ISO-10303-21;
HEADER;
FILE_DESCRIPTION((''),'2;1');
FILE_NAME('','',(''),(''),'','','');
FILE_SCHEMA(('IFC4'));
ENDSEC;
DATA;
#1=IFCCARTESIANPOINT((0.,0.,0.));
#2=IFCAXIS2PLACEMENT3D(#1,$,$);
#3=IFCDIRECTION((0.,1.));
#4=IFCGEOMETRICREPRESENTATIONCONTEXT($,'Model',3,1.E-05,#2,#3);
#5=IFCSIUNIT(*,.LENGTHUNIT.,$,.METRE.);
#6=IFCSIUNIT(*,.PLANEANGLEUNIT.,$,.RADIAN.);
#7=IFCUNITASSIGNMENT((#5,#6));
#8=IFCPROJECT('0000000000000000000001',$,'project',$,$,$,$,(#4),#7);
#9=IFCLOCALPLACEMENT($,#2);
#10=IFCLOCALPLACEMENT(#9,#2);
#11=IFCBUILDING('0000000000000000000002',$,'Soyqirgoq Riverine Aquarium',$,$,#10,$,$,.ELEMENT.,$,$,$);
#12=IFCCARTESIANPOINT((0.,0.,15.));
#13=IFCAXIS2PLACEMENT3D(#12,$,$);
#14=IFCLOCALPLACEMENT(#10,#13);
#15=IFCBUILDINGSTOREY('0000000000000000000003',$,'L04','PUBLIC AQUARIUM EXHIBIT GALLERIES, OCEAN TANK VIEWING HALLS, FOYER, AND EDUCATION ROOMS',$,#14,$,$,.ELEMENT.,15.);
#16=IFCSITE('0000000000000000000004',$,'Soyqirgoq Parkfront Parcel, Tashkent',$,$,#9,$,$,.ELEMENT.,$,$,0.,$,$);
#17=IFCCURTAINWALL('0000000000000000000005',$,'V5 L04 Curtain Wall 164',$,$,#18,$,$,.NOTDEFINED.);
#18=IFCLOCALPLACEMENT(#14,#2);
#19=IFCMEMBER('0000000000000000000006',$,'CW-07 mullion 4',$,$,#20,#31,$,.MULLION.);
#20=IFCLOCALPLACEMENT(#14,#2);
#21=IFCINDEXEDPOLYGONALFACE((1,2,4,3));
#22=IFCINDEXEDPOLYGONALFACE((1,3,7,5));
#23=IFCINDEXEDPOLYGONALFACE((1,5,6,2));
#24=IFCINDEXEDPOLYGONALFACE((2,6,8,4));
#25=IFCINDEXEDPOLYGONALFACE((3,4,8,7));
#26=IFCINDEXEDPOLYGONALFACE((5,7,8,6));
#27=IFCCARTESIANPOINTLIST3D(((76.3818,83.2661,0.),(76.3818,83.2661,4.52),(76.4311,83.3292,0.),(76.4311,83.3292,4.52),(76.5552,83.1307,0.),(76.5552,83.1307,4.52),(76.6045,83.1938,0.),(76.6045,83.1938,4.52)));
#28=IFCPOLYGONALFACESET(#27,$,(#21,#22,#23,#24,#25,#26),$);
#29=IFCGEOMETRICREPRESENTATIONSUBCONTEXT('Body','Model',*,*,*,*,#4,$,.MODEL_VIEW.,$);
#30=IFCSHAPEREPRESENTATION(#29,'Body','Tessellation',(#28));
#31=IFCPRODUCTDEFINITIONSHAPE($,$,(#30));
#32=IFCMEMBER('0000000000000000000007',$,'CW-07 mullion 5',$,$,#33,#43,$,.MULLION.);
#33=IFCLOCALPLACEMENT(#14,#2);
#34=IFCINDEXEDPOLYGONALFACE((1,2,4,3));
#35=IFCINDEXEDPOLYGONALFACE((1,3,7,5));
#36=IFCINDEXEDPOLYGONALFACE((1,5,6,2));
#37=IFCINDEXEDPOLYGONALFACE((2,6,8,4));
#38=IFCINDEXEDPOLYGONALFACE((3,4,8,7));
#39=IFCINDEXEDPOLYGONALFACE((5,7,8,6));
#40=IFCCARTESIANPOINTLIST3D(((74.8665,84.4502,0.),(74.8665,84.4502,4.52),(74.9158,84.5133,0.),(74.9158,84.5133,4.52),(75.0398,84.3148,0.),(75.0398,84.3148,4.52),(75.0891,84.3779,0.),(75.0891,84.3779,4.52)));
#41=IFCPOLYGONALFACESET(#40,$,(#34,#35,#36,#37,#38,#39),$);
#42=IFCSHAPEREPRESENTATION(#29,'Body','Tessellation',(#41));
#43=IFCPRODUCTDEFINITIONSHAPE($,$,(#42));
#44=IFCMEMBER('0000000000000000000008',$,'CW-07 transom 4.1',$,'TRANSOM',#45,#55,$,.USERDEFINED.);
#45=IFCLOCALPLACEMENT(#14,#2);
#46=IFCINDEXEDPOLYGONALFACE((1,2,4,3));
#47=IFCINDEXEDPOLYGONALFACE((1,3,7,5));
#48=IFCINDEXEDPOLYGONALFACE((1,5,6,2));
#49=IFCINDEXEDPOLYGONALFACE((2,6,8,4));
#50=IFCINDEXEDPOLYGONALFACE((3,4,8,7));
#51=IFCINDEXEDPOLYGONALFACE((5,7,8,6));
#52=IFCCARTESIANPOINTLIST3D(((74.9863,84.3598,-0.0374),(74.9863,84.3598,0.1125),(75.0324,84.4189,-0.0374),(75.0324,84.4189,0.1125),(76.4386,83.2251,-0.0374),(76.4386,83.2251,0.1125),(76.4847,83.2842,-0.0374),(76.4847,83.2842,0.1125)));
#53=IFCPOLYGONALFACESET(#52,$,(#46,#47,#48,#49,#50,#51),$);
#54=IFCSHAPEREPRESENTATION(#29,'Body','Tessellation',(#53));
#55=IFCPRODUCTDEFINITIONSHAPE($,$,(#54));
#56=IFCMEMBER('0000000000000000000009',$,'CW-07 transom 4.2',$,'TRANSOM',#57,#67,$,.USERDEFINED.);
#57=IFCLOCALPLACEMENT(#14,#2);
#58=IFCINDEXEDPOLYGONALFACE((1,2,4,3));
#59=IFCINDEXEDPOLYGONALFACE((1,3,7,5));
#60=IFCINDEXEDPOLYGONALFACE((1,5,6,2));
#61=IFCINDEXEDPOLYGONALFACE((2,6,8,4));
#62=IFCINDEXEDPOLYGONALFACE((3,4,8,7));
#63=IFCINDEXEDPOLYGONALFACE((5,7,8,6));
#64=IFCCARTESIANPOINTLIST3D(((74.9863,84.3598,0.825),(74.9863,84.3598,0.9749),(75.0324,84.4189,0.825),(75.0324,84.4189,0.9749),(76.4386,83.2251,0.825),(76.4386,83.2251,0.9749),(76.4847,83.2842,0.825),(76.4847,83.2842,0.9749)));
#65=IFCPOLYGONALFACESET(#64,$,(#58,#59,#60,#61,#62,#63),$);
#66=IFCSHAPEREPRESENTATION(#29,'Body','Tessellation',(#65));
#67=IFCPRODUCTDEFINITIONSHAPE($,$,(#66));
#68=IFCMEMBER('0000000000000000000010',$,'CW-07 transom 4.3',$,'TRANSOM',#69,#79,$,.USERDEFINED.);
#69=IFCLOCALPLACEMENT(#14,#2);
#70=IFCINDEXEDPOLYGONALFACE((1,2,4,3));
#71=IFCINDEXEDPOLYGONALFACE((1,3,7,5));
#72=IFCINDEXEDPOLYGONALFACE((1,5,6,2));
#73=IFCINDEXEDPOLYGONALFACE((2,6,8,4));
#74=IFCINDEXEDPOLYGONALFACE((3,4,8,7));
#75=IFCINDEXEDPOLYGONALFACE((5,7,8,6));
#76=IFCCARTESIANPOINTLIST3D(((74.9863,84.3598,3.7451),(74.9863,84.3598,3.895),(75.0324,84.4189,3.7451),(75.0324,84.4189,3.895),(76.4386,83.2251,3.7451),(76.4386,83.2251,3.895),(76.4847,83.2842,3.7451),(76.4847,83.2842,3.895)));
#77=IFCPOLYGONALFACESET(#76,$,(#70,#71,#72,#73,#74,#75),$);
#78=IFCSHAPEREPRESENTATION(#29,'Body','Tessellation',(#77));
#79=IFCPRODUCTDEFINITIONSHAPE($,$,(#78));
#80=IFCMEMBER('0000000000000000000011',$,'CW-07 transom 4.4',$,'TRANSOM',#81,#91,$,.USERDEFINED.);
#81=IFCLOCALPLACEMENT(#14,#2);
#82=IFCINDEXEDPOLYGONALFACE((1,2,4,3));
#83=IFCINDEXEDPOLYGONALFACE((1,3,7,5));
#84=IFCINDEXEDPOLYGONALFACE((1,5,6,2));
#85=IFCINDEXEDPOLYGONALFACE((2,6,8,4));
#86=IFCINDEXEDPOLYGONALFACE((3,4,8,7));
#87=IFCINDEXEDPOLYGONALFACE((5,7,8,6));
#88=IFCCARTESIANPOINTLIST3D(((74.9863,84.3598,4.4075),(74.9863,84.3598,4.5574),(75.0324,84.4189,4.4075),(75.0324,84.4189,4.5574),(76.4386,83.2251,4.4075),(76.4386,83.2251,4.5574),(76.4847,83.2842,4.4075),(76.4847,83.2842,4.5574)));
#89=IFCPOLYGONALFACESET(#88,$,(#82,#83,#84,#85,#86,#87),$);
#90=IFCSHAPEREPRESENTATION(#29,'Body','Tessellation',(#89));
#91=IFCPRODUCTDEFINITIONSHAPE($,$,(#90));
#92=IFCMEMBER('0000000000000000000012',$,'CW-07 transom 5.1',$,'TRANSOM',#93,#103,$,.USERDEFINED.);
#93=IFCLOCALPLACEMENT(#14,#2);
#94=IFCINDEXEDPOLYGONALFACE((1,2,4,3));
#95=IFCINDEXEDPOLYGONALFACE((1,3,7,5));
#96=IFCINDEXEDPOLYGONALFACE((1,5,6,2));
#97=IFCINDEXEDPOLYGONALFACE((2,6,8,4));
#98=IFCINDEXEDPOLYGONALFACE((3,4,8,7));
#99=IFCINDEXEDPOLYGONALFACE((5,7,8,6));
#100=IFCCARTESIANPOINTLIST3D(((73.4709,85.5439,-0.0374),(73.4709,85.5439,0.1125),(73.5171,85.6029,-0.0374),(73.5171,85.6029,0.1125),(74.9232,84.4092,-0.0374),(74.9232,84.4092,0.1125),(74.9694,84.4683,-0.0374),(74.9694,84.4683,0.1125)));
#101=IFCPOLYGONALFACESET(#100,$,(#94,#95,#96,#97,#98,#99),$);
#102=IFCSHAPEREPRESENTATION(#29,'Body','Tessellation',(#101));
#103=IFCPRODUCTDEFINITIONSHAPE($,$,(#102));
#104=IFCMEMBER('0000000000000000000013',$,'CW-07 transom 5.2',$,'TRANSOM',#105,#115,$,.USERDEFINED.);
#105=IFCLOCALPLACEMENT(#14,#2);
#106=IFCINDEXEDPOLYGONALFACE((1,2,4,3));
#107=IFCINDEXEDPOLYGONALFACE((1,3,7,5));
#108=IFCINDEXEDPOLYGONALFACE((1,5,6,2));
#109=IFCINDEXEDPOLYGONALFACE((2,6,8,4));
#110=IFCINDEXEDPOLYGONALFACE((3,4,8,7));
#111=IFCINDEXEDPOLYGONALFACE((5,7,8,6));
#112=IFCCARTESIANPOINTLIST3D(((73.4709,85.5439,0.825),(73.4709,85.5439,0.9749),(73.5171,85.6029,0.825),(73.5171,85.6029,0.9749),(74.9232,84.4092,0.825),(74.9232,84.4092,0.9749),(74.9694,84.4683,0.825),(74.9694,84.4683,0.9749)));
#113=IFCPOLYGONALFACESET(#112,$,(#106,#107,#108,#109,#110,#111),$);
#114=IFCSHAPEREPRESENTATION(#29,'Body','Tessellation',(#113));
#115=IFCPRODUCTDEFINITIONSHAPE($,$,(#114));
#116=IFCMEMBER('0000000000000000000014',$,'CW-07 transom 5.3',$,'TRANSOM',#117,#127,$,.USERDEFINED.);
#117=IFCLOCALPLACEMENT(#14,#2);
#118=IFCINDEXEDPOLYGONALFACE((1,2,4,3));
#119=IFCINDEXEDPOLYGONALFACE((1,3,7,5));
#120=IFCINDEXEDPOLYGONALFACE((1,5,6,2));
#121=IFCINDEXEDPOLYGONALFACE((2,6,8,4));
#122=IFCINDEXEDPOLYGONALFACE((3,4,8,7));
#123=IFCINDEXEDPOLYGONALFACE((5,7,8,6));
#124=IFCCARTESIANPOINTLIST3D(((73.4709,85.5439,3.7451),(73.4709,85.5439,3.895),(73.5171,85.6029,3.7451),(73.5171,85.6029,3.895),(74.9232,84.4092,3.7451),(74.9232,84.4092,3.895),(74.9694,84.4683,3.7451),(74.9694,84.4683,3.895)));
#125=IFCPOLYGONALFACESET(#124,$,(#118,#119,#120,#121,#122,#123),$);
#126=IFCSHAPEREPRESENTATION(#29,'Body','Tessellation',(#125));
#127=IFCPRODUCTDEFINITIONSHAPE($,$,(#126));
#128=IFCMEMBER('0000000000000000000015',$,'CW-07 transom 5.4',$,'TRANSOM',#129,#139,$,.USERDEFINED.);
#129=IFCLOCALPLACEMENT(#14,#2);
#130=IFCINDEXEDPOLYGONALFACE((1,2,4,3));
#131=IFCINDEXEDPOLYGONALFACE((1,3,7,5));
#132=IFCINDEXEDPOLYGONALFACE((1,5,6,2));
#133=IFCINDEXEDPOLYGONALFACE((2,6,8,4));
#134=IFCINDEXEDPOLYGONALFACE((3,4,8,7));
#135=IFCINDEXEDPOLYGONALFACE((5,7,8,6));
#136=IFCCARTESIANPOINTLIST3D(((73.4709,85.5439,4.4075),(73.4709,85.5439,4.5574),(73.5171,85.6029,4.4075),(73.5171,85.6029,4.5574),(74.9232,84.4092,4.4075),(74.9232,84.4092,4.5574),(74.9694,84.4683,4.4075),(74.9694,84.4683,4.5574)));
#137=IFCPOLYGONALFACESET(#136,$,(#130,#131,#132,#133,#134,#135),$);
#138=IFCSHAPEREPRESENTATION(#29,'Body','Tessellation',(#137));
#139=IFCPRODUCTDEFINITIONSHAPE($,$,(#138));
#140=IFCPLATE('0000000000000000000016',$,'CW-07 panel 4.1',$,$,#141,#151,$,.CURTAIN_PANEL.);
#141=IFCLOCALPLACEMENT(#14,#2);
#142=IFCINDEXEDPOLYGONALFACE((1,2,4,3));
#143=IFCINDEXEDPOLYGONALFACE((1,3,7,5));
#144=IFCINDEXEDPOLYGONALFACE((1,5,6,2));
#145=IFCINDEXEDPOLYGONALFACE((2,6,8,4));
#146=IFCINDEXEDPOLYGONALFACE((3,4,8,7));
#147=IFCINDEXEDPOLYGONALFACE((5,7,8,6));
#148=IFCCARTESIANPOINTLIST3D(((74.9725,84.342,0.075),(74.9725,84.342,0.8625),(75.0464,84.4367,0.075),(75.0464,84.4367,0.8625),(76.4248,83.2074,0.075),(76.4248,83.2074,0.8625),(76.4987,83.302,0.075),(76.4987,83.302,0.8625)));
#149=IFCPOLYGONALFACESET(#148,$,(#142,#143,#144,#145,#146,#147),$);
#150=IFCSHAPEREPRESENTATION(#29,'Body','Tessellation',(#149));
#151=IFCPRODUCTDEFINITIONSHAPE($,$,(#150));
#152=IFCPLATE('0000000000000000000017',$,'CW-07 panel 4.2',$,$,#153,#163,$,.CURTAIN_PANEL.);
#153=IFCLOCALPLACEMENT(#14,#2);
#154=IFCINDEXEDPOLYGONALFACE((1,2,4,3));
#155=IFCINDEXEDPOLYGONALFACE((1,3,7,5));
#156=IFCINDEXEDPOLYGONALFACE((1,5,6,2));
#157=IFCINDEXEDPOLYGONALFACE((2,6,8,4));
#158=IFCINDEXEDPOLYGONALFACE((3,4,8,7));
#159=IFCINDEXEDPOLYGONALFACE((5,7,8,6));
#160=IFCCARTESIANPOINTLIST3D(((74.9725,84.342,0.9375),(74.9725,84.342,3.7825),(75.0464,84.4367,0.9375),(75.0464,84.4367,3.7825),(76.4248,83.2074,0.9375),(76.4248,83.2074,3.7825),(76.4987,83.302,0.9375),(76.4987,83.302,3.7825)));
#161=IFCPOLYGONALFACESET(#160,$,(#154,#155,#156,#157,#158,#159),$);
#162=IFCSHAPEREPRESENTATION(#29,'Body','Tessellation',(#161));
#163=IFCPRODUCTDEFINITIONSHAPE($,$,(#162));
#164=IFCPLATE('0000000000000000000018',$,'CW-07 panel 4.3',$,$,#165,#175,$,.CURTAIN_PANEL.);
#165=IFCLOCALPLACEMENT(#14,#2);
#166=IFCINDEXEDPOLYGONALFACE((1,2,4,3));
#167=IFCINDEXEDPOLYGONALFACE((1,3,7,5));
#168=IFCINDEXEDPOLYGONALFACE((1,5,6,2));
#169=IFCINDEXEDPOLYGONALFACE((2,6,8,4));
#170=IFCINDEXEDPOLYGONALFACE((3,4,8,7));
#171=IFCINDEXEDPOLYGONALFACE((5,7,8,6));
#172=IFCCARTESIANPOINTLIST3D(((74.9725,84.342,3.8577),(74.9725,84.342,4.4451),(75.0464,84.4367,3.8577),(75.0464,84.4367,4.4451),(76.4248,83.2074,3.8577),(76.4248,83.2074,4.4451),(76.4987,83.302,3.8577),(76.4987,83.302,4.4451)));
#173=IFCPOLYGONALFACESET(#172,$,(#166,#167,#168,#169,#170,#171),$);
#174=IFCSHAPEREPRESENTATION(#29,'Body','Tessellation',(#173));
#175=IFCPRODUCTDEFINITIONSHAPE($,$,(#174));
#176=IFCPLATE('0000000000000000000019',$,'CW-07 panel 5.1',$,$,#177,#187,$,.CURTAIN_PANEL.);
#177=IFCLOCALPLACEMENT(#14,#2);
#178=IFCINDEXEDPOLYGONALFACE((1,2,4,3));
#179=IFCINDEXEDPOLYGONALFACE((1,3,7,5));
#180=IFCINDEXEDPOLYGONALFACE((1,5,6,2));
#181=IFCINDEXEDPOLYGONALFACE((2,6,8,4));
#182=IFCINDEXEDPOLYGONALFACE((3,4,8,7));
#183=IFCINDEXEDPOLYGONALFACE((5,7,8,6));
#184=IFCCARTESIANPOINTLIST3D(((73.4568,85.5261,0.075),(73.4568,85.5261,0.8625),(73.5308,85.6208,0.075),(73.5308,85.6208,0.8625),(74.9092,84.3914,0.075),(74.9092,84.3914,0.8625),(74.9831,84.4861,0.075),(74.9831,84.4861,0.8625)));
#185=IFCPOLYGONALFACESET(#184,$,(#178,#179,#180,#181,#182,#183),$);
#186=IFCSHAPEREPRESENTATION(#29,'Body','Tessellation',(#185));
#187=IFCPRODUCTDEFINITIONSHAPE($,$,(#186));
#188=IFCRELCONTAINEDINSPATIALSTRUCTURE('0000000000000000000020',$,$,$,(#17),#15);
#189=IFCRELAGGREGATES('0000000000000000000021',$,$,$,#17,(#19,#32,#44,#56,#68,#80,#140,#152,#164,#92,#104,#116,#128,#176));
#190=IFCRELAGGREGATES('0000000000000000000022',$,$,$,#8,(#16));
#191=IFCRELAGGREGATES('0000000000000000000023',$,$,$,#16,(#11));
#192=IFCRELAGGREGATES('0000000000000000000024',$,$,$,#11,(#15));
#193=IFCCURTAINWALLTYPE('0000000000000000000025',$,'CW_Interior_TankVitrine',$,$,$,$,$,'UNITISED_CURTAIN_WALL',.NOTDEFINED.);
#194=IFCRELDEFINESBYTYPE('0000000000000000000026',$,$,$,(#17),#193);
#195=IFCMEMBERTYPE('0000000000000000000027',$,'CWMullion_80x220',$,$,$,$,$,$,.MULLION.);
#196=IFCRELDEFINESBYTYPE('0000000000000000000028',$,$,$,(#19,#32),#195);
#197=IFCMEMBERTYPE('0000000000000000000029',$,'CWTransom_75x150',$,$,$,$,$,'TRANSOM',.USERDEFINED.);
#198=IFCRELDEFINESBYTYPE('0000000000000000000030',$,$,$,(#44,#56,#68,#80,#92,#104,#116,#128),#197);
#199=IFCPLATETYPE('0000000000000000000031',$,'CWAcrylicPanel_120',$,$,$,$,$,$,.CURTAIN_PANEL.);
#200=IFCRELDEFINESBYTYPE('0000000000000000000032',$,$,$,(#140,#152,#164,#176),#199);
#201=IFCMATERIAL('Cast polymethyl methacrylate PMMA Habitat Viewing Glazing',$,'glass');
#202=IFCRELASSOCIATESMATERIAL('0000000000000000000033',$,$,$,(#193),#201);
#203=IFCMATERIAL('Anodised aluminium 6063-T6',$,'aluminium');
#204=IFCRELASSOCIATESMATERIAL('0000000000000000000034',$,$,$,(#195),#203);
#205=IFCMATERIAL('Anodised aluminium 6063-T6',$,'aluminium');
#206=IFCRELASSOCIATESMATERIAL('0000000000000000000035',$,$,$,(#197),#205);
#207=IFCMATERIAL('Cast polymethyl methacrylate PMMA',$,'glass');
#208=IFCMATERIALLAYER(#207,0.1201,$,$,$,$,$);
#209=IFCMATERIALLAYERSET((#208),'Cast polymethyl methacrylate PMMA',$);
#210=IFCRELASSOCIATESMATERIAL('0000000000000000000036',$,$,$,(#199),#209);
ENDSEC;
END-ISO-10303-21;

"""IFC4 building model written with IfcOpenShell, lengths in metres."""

from ifc_helpers import new_model, si_unit, direction, frame, origin, origin_2d, place, context, subcontext, project, spatial, rectangle, extrude, material, layer, layer_set, material_profile, profile_set, type_object, element, aggregate, save


model = new_model("IFC4")

# Units and contexts
model_context = context("Model", 3, precision=1e-05, world=origin(), true_north=direction((0.0, 1.0)))
body_context = subcontext(model_context, "Body", "Model", "MODEL_VIEW")
ifc_project = project(units=[si_unit("LENGTHUNIT", "METRE"), si_unit("PLANEANGLEUNIT", "RADIAN")], contexts=[model_context])

# Site, building, storey
site_placement = place(None, origin())
site = spatial("IfcSite", under=ifc_project, at=site_placement, Name="Soyqirgoq Parkfront Parcel, Tashkent", CompositionType="ELEMENT", RefElevation=0.0)
building_placement = place(site_placement, origin())
building = spatial("IfcBuilding", under=site, at=building_placement, Name="Soyqirgoq Riverine Aquarium", CompositionType="ELEMENT")
storey_placement = place(building_placement, frame((0.0, 0.0, 15.0)))
storey = spatial("IfcBuildingStorey", under=building, at=storey_placement, Name="L04", Description="PUBLIC AQUARIUM EXHIBIT GALLERIES, OCEAN TANK VIEWING HALLS, FOYER, AND EDUCATION ROOMS", CompositionType="ELEMENT", Elevation=15.0)

# Curtain wall, members, plates
ifc_material_1 = material(Name="Cast polymethyl methacrylate PMMA Habitat Viewing Glazing", Category="glass")
curtain_wall_type = type_object("IfcCurtainWallType", Name="CW_Interior_TankVitrine", ElementType="UNITISED_CURTAIN_WALL", PredefinedType="NOTDEFINED", material=ifc_material_1)
curtain_wall_placement = place(storey_placement, origin())
curtain_wall = element("IfcCurtainWall", 1, at=curtain_wall_placement, inside=storey, type_object=curtain_wall_type, Name="V5 L04 Curtain Wall 164", PredefinedType="NOTDEFINED")
ifc_material_2 = material(Name="Anodised aluminium 6063-T6", Category="aluminium")
ifc_material_profile_1 = material_profile(ifc_material_2, rectangle(XDim=0.0801, YDim=0.22, at=origin_2d()), Name="ALU-M 80x220")
ifc_profile_set_1 = profile_set([ifc_material_profile_1], Name="Anodised aluminium 6063-T6")
member_type_1 = type_object("IfcMemberType", Name="CWMullion_80x220", PredefinedType="MULLION", material=ifc_profile_set_1)
member_1_placement = place(storey_placement, frame((76.4932, 83.23, 0.0), z_axis=(0.0, 0.0, 1.0), x_axis=(-0.615655, -0.788016, 0.0)))
member_1 = element("IfcMember", 2, at=member_1_placement, type_object=member_type_1, Name="CW-07 mullion 4", PredefinedType="MULLION", context=body_context, shape_type="SweptSolid", body=[
    extrude(rectangle(XDim=0.0801, YDim=0.22, at=origin_2d()), origin(), (0.0, 0.0, 1.0), 4.52),
])
member_2_placement = place(storey_placement, frame((74.9778, 84.4141, 0.0), z_axis=(0.0, 0.0, 1.0), x_axis=(-0.615655, -0.788016, 0.0)))
member_2 = element("IfcMember", 3, at=member_2_placement, type_object=member_type_1, Name="CW-07 mullion 5", PredefinedType="MULLION", context=body_context, shape_type="SweptSolid", body=[
    extrude(rectangle(XDim=0.0801, YDim=0.22, at=origin_2d()), origin(), (0.0, 0.0, 1.0), 4.52),
])
ifc_material_3 = material(Name="Anodised aluminium 6063-T6", Category="aluminium")
ifc_material_profile_2 = material_profile(ifc_material_3, rectangle(XDim=0.075, YDim=0.1499, at=origin_2d()), Name="ALU-T 75x150")
ifc_profile_set_2 = profile_set([ifc_material_profile_2], Name="Anodised aluminium 6063-T6")
member_type_2 = type_object("IfcMemberType", Name="CWTransom_75x150", ElementType="TRANSOM", PredefinedType="USERDEFINED", material=ifc_profile_set_2)
member_3_placement = place(storey_placement, frame((76.4617, 83.2546, 0.0376), z_axis=(-0.788002, 0.615672, 0.0), x_axis=(-0.615672, -0.788002, 0.0)))
member_3 = element("IfcMember", 4, at=member_3_placement, type_object=member_type_2, Name="CW-07 transom 4.1", ObjectType="TRANSOM", PredefinedType="USERDEFINED", context=body_context, shape_type="SweptSolid", body=[
    extrude(rectangle(XDim=0.075, YDim=0.1499, at=origin_2d()), origin(), (0.0, 0.0, 1.0), 1.843),
])
member_4_placement = place(storey_placement, frame((76.4617, 83.2546, 0.8999), z_axis=(-0.788002, 0.615672, 0.0), x_axis=(-0.615672, -0.788002, 0.0)))
member_4 = element("IfcMember", 5, at=member_4_placement, type_object=member_type_2, Name="CW-07 transom 4.2", ObjectType="TRANSOM", PredefinedType="USERDEFINED", context=body_context, shape_type="SweptSolid", body=[
    extrude(rectangle(XDim=0.075, YDim=0.1499, at=origin_2d()), origin(), (0.0, 0.0, 1.0), 1.843),
])
member_5_placement = place(storey_placement, frame((76.4617, 83.2546, 3.8201), z_axis=(-0.788002, 0.615672, 0.0), x_axis=(-0.615672, -0.788002, 0.0)))
member_5 = element("IfcMember", 6, at=member_5_placement, type_object=member_type_2, Name="CW-07 transom 4.3", ObjectType="TRANSOM", PredefinedType="USERDEFINED", context=body_context, shape_type="SweptSolid", body=[
    extrude(rectangle(XDim=0.075, YDim=0.1499, at=origin_2d()), origin(), (0.0, 0.0, 1.0), 1.843),
])
member_6_placement = place(storey_placement, frame((76.4617, 83.2546, 4.4824), z_axis=(-0.788002, 0.615672, 0.0), x_axis=(-0.615672, -0.788002, 0.0)))
member_6 = element("IfcMember", 7, at=member_6_placement, type_object=member_type_2, Name="CW-07 transom 4.4", ObjectType="TRANSOM", PredefinedType="USERDEFINED", context=body_context, shape_type="SweptSolid", body=[
    extrude(rectangle(XDim=0.075, YDim=0.1499, at=origin_2d()), origin(), (0.0, 0.0, 1.0), 1.843),
])
member_7_placement = place(storey_placement, frame((74.9463, 84.4387, 0.0376), z_axis=(-0.788002, 0.615672, 0.0), x_axis=(-0.615672, -0.788002, 0.0)))
member_7 = element("IfcMember", 8, at=member_7_placement, type_object=member_type_2, Name="CW-07 transom 5.1", ObjectType="TRANSOM", PredefinedType="USERDEFINED", context=body_context, shape_type="SweptSolid", body=[
    extrude(rectangle(XDim=0.075, YDim=0.1499, at=origin_2d()), origin(), (0.0, 0.0, 1.0), 1.843),
])
member_8_placement = place(storey_placement, frame((74.9463, 84.4387, 0.8999), z_axis=(-0.788002, 0.615672, 0.0), x_axis=(-0.615672, -0.788002, 0.0)))
member_8 = element("IfcMember", 9, at=member_8_placement, type_object=member_type_2, Name="CW-07 transom 5.2", ObjectType="TRANSOM", PredefinedType="USERDEFINED", context=body_context, shape_type="SweptSolid", body=[
    extrude(rectangle(XDim=0.075, YDim=0.1499, at=origin_2d()), origin(), (0.0, 0.0, 1.0), 1.843),
])
member_9_placement = place(storey_placement, frame((74.9463, 84.4387, 3.8201), z_axis=(-0.788002, 0.615672, 0.0), x_axis=(-0.615672, -0.788002, 0.0)))
member_9 = element("IfcMember", 10, at=member_9_placement, type_object=member_type_2, Name="CW-07 transom 5.3", ObjectType="TRANSOM", PredefinedType="USERDEFINED", context=body_context, shape_type="SweptSolid", body=[
    extrude(rectangle(XDim=0.075, YDim=0.1499, at=origin_2d()), origin(), (0.0, 0.0, 1.0), 1.843),
])
member_10_placement = place(storey_placement, frame((74.9463, 84.4387, 4.4824), z_axis=(-0.788002, 0.615672, 0.0), x_axis=(-0.615672, -0.788002, 0.0)))
member_10 = element("IfcMember", 11, at=member_10_placement, type_object=member_type_2, Name="CW-07 transom 5.4", ObjectType="TRANSOM", PredefinedType="USERDEFINED", context=body_context, shape_type="SweptSolid", body=[
    extrude(rectangle(XDim=0.075, YDim=0.1499, at=origin_2d()), origin(), (0.0, 0.0, 1.0), 1.843),
])
ifc_material_4 = material(Name="Cast polymethyl methacrylate PMMA", Category="glass")
ifc_layer_1 = layer(ifc_material_4, 0.1201)
ifc_layer_set_1 = layer_set([ifc_layer_1], Name="Cast polymethyl methacrylate PMMA")
plate_type = type_object("IfcPlateType", Name="CWAcrylicPanel_120", PredefinedType="CURTAIN_PANEL", material=ifc_layer_set_1)
plate_1_placement = place(storey_placement, frame((75.7356, 83.822, 0.075), z_axis=(0.0, 0.0, 1.0), x_axis=(-0.788016, 0.615655, 0.0)))
plate_1 = element("IfcPlate", 12, at=plate_1_placement, type_object=plate_type, Name="CW-07 panel 4.1", PredefinedType="CURTAIN_PANEL", context=body_context, shape_type="SweptSolid", body=[
    extrude(rectangle(XDim=1.843, YDim=0.1201, at=origin_2d()), origin(), (0.0, 0.0, 1.0), 0.7876),
])
plate_2_placement = place(storey_placement, frame((75.7356, 83.822, 0.9375), z_axis=(0.0, 0.0, 1.0), x_axis=(-0.788016, 0.615655, 0.0)))
plate_2 = element("IfcPlate", 13, at=plate_2_placement, type_object=plate_type, Name="CW-07 panel 4.2", PredefinedType="CURTAIN_PANEL", context=body_context, shape_type="SweptSolid", body=[
    extrude(rectangle(XDim=1.843, YDim=0.1201, at=origin_2d()), origin(), (0.0, 0.0, 1.0), 2.845),
])
plate_3_placement = place(storey_placement, frame((75.7356, 83.822, 3.8577), z_axis=(0.0, 0.0, 1.0), x_axis=(-0.788016, 0.615655, 0.0)))
plate_3 = element("IfcPlate", 14, at=plate_3_placement, type_object=plate_type, Name="CW-07 panel 4.3", PredefinedType="CURTAIN_PANEL", context=body_context, shape_type="SweptSolid", body=[
    extrude(rectangle(XDim=1.843, YDim=0.1201, at=origin_2d()), origin(), (0.0, 0.0, 1.0), 0.5874),
])
plate_4_placement = place(storey_placement, frame((74.22, 85.0061, 0.075), z_axis=(0.0, 0.0, 1.0), x_axis=(-0.788016, 0.615655, 0.0)))
plate_4 = element("IfcPlate", 15, at=plate_4_placement, type_object=plate_type, Name="CW-07 panel 5.1", PredefinedType="CURTAIN_PANEL", context=body_context, shape_type="SweptSolid", body=[
    extrude(rectangle(XDim=1.843, YDim=0.1201, at=origin_2d()), origin(), (0.0, 0.0, 1.0), 0.7876),
])
aggregate(curtain_wall, [member_1, member_2, member_3, member_4, member_5, member_6, plate_1, plate_2, plate_3, member_7, member_8, member_9, member_10, plate_4])

save(model, "model.ifc")
